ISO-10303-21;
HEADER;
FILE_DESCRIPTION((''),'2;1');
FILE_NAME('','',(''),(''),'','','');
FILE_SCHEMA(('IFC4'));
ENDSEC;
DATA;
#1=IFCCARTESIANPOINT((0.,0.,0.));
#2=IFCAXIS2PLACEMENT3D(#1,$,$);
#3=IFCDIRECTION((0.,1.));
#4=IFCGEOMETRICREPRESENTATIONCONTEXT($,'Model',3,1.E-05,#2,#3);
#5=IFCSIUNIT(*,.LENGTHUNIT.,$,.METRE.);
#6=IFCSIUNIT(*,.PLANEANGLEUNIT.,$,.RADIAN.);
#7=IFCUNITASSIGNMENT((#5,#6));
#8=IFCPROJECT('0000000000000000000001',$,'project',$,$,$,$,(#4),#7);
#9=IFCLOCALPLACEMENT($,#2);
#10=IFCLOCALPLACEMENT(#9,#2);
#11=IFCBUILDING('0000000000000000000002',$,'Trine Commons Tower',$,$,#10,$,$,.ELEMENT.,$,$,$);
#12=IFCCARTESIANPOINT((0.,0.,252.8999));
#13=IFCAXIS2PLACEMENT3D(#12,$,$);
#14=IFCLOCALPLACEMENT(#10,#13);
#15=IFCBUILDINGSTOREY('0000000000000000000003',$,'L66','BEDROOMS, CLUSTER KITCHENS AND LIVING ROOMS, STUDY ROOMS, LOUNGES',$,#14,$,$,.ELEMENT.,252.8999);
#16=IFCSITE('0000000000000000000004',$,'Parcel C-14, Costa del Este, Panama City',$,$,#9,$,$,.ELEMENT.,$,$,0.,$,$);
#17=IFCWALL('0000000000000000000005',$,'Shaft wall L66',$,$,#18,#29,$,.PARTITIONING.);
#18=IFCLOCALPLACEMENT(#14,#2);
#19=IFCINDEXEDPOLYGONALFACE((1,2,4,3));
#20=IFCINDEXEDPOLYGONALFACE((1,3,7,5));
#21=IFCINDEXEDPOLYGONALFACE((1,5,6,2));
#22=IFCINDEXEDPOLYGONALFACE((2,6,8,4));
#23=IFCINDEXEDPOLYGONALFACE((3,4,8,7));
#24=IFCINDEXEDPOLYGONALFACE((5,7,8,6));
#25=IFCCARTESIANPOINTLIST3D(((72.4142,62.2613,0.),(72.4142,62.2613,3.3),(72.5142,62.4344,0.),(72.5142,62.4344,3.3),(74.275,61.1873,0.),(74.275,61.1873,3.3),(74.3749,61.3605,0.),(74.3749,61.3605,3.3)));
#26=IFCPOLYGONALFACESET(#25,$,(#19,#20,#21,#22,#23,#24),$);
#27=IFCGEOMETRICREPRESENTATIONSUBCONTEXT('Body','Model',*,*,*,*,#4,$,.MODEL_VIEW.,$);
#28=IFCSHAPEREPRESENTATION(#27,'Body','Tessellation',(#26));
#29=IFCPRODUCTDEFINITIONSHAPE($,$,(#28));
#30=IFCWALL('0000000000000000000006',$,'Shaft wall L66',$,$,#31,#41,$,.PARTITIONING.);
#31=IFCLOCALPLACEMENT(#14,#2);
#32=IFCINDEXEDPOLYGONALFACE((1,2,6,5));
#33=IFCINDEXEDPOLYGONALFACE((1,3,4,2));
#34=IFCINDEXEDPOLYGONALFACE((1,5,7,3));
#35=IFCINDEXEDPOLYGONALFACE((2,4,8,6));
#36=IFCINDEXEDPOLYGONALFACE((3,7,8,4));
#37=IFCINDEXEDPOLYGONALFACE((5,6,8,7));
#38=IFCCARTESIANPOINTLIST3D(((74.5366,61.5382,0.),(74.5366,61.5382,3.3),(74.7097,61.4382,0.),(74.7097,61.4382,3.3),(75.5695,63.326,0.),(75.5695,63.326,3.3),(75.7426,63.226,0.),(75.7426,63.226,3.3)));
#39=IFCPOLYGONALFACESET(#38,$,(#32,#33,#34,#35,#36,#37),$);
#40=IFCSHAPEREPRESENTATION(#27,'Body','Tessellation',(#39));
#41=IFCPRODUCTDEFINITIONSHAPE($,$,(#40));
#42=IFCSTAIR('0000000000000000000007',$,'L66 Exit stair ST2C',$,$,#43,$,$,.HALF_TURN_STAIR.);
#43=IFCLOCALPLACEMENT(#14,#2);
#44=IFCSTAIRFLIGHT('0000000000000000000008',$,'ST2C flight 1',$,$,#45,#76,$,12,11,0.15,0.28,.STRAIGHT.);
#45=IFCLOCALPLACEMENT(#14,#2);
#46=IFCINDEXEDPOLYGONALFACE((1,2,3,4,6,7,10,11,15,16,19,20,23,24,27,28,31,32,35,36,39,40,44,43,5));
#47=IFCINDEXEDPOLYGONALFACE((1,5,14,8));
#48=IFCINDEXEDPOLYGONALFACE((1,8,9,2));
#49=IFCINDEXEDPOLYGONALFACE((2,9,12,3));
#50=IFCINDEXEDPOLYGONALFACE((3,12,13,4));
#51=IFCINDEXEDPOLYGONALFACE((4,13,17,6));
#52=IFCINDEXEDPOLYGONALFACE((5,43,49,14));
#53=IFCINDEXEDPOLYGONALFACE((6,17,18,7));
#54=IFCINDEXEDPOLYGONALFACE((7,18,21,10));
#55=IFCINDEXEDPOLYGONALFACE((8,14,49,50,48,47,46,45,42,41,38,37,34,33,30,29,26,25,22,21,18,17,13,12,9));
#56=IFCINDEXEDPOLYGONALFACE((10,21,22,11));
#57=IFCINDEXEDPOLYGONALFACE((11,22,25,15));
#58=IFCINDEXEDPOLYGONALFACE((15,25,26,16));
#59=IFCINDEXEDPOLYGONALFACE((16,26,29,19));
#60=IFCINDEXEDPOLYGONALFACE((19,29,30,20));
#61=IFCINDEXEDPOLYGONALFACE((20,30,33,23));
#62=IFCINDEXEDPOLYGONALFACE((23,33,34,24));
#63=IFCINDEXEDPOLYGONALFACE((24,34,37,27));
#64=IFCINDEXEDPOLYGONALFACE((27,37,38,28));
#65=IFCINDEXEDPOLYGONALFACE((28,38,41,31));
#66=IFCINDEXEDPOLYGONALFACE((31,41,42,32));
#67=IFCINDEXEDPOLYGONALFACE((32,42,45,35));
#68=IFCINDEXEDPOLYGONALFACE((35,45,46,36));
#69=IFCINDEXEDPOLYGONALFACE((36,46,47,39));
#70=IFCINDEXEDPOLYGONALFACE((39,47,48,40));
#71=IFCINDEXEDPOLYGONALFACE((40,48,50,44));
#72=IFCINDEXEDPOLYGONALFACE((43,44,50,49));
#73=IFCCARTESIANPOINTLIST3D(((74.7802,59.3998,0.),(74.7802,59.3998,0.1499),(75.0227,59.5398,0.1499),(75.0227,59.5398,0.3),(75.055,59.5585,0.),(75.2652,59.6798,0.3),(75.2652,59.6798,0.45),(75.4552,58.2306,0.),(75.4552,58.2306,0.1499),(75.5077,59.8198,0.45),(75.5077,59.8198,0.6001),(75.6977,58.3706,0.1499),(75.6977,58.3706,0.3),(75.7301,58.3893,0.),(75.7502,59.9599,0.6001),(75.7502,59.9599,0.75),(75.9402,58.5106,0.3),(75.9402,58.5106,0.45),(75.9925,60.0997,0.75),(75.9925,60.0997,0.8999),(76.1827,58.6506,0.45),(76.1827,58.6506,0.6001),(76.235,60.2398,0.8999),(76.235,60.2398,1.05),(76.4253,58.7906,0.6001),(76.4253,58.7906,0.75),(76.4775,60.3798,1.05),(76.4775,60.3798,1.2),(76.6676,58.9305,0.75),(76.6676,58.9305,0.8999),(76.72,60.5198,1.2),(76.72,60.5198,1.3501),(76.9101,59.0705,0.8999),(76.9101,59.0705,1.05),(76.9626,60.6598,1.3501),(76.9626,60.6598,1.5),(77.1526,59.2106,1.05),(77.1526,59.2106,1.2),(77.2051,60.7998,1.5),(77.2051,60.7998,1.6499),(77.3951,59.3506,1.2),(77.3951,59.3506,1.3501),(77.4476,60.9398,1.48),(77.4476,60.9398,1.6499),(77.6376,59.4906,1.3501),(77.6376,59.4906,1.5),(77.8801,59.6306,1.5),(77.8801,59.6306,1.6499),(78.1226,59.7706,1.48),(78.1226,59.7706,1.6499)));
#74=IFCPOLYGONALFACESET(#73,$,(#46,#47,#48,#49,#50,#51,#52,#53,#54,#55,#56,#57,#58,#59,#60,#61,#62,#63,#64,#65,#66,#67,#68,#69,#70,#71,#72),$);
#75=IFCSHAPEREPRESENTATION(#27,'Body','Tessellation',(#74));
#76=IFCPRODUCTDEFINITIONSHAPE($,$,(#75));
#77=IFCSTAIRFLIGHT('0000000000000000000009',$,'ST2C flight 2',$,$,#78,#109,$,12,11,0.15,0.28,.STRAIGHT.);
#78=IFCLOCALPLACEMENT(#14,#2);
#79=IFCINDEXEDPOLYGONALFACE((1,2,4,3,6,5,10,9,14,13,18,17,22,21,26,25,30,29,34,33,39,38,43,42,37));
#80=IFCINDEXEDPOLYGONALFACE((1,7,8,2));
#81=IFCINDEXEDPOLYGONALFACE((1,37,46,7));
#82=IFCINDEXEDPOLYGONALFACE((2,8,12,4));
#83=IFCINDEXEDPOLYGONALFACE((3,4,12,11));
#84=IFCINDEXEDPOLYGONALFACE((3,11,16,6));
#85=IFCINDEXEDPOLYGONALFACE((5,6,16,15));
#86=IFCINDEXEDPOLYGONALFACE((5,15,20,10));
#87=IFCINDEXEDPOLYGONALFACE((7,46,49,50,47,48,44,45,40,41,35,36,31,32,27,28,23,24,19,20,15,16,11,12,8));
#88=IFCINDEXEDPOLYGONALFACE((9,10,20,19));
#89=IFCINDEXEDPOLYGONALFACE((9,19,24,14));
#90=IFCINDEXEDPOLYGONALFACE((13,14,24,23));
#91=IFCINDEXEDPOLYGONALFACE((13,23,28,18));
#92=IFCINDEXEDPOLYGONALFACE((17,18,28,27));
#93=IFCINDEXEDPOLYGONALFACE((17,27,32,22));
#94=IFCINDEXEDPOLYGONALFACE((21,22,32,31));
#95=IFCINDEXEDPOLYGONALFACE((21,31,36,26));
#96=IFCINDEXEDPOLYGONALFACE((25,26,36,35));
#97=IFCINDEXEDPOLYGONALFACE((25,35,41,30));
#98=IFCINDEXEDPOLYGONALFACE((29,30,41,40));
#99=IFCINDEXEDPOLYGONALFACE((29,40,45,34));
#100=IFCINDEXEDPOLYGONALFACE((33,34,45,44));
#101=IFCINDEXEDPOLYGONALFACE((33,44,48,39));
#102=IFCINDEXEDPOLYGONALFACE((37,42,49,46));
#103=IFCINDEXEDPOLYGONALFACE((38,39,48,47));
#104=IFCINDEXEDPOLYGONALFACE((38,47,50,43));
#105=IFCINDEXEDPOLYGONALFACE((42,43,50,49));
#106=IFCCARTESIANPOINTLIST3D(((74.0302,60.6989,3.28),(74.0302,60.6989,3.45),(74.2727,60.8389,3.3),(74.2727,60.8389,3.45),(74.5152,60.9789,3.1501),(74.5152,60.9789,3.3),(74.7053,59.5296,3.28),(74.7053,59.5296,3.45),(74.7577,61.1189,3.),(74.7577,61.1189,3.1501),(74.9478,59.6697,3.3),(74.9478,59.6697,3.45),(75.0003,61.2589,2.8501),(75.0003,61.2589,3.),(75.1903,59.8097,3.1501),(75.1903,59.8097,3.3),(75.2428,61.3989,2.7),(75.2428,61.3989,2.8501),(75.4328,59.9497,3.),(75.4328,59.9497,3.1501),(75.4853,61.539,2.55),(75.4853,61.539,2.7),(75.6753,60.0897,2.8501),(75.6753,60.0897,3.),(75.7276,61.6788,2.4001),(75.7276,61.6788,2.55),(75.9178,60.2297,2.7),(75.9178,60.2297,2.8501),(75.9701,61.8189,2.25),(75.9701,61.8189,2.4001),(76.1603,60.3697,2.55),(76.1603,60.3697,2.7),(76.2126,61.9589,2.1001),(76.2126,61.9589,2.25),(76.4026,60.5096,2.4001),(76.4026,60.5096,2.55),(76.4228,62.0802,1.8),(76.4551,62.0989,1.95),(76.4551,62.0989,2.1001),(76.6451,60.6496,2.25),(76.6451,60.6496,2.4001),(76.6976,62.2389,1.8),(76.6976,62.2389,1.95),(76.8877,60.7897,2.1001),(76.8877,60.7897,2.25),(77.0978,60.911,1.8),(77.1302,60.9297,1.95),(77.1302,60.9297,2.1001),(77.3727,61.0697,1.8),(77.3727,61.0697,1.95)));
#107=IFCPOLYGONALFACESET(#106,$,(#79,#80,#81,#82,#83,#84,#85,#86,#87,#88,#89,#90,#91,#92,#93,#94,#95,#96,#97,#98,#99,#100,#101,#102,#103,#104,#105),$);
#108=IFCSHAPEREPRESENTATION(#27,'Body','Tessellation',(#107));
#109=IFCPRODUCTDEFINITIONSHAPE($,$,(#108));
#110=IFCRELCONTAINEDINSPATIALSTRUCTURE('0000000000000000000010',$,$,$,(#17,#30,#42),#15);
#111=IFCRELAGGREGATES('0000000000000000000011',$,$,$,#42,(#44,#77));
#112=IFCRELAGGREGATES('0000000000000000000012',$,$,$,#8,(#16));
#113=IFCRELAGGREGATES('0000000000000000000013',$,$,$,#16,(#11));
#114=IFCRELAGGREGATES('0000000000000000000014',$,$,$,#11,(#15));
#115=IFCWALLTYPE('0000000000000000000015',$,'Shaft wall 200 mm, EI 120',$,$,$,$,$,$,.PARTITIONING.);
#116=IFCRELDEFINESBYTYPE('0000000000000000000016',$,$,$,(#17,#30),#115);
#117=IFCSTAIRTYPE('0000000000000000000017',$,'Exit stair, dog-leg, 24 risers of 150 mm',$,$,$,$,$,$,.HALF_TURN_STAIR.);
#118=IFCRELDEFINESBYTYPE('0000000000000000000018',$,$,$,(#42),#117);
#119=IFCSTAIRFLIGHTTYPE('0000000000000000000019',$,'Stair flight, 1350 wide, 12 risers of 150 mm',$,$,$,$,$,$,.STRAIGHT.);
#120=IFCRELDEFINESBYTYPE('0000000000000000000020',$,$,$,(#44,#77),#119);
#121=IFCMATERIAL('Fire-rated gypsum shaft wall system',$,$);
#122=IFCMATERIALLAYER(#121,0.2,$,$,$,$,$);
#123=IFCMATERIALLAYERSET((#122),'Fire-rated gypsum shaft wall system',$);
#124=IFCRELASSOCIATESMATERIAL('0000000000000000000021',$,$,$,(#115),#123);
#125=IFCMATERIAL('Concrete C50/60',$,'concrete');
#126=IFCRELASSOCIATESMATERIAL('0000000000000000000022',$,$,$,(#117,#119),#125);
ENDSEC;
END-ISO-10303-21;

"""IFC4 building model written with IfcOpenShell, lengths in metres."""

from ifc_helpers import new_model, si_unit, direction, frame, frame_2d, origin, place, context, subcontext, project, spatial, polyline, rectangle, outline, extrude, material, layer, layer_set, type_object, element, aggregate, save


model = new_model("IFC4")

# Units and contexts
model_context = context("Model", 3, precision=1e-05, world=origin(), true_north=direction((0.0, 1.0)))
body_context = subcontext(model_context, "Body", "Model", "MODEL_VIEW")
ifc_project = project(units=[si_unit("LENGTHUNIT", "METRE"), si_unit("PLANEANGLEUNIT", "RADIAN")], contexts=[model_context])

# Site, building, storey
site_placement = place(None, origin())
site = spatial("IfcSite", under=ifc_project, at=site_placement, Name="Parcel C-14, Costa del Este, Panama City", CompositionType="ELEMENT", RefElevation=0.0)
building_placement = place(site_placement, origin())
building = spatial("IfcBuilding", under=site, at=building_placement, Name="Trine Commons Tower", CompositionType="ELEMENT")
storey_placement = place(building_placement, frame((0.0, 0.0, 252.8999)))
storey = spatial("IfcBuildingStorey", under=building, at=storey_placement, Name="L66", Description="BEDROOMS, CLUSTER KITCHENS AND LIVING ROOMS, STUDY ROOMS, LOUNGES", CompositionType="ELEMENT", Elevation=252.8999)

# Shared definitions
ifc_material_1 = material(Name="Fire-rated gypsum shaft wall system")
ifc_material_2 = material(Name="Concrete C50/60", Category="concrete")

# Walls
ifc_layer_1 = layer(ifc_material_1, 0.2)
ifc_layer_set_1 = layer_set([ifc_layer_1], Name="Fire-rated gypsum shaft wall system")
wall_type_1 = type_object("IfcWallType", Name="Shaft wall 200 mm, EI 120", PredefinedType="PARTITIONING", material=ifc_layer_set_1)
wall_1_placement = place(storey_placement, frame((74.325, 61.2739, 0.0), z_axis=(0.0, 0.0, 1.0), x_axis=(-0.866102, 0.499867, 0.0)))
element("IfcWall", 1, at=wall_1_placement, inside=storey, type_object=wall_type_1, Name="Shaft wall L66", PredefinedType="PARTITIONING", context=body_context, shape_type="SweptSolid", body=[
    extrude(rectangle(XDim=2.1484, YDim=0.2, at=frame_2d((1.0742, 0.0))), origin(), (0.0, 0.0, 1.0), 3.3),
])
wall_2_placement = place(storey_placement, frame((75.656, 63.2759, 0.0), z_axis=(0.0, 0.0, 1.0), x_axis=(-0.500272, -0.865868, 0.0)))
element("IfcWall", 2, at=wall_2_placement, inside=storey, type_object=wall_type_1, Name="Shaft wall L66", PredefinedType="PARTITIONING", context=body_context, shape_type="SweptSolid", body=[
    extrude(rectangle(XDim=2.0647, YDim=0.2, at=frame_2d((1.0322, 0.0))), origin(), (0.0, 0.0, 1.0), 3.3),
])

# Stair, stair flights
stair_type = type_object("IfcStairType", Name="Exit stair, dog-leg, 24 risers of 150 mm", PredefinedType="HALF_TURN_STAIR", material=ifc_material_2)
stair_placement = place(storey_placement, origin())
stair = element("IfcStair", 3, at=stair_placement, inside=storey, type_object=stair_type, Name="L66 Exit stair ST2C", PredefinedType="HALF_TURN_STAIR")
stair_flight_type = type_object("IfcStairFlightType", Name="Stair flight, 1350 wide, 12 risers of 150 mm", PredefinedType="STRAIGHT", material=ifc_material_2)
stair_flight_1_placement = place(storey_placement, frame((75.1177, 58.8152, 0.0), z_axis=(0.0, 0.0, 1.0), x_axis=(0.866025, 0.5, 0.0)))
stair_flight_1 = element("IfcStairFlight", 4, at=stair_flight_1_placement, type_object=stair_flight_type, Name="ST2C flight 1", NumberOfRisers=12, NumberOfTreads=11, PredefinedType="STRAIGHT", RiserHeight=0.15, TreadLength=0.28, context=body_context, shape_type="SweptSolid", body=[
    extrude(outline(polyline([(0.0, 0.0), (0.0, 0.1499), (0.28, 0.1499), (0.28, 0.3), (0.5601, 0.3), (0.5601, 0.45), (0.8401, 0.45), (0.8401, 0.6001), (1.1201, 0.6001), (1.1201, 0.75), (1.3999, 0.75), (1.3999, 0.8999), (1.6799, 0.8999), (1.6799, 1.05), (1.96, 1.05), (1.96, 1.2), (2.24, 1.2), (2.24, 1.3501), (2.52, 1.3501), (2.52, 1.5), (2.8, 1.5), (2.8, 1.6499), (3.0801, 1.6499), (3.0801, 1.8), (3.0801, 1.48), (0.3174, 0.0), (0.0, 0.0)])), frame((0.0, 0.675, 0.0), z_axis=(0.0, -1.0, 0.0), x_axis=(1.0, 0.0, 0.0)), (0.0, 0.0, 1.0), 1.3501),
])
stair_flight_2_placement = place(storey_placement, frame((77.0352, 61.6543, 1.8), z_axis=(0.0, 0.0, 1.0), x_axis=(-0.866025, -0.5, 0.0)))
stair_flight_2 = element("IfcStairFlight", 5, at=stair_flight_2_placement, type_object=stair_flight_type, Name="ST2C flight 2", NumberOfRisers=12, NumberOfTreads=11, PredefinedType="STRAIGHT", RiserHeight=0.15, TreadLength=0.28, context=body_context, shape_type="SweptSolid", body=[
    extrude(outline(polyline([(0.0, 0.0), (0.0, 0.1499), (0.28, 0.1499), (0.28, 0.3), (0.5601, 0.3), (0.5601, 0.45), (0.8401, 0.45), (0.8401, 0.6001), (1.1201, 0.6001), (1.1201, 0.75), (1.3999, 0.75), (1.3999, 0.8999), (1.6799, 0.8999), (1.6799, 1.05), (1.96, 1.05), (1.96, 1.2), (2.24, 1.2), (2.24, 1.3501), (2.52, 1.3501), (2.52, 1.5), (2.8, 1.5), (2.8, 1.6499), (3.0801, 1.6499), (3.0801, 1.8), (3.0801, 1.48), (0.3174, 0.0), (0.0, 0.0)])), frame((0.0, 0.675, 0.0), z_axis=(0.0, -1.0, 0.0), x_axis=(1.0, 0.0, 0.0)), (0.0, 0.0, 1.0), 1.3501),
])
aggregate(stair, [stair_flight_1, stair_flight_2])

save(model, "model.ifc")
